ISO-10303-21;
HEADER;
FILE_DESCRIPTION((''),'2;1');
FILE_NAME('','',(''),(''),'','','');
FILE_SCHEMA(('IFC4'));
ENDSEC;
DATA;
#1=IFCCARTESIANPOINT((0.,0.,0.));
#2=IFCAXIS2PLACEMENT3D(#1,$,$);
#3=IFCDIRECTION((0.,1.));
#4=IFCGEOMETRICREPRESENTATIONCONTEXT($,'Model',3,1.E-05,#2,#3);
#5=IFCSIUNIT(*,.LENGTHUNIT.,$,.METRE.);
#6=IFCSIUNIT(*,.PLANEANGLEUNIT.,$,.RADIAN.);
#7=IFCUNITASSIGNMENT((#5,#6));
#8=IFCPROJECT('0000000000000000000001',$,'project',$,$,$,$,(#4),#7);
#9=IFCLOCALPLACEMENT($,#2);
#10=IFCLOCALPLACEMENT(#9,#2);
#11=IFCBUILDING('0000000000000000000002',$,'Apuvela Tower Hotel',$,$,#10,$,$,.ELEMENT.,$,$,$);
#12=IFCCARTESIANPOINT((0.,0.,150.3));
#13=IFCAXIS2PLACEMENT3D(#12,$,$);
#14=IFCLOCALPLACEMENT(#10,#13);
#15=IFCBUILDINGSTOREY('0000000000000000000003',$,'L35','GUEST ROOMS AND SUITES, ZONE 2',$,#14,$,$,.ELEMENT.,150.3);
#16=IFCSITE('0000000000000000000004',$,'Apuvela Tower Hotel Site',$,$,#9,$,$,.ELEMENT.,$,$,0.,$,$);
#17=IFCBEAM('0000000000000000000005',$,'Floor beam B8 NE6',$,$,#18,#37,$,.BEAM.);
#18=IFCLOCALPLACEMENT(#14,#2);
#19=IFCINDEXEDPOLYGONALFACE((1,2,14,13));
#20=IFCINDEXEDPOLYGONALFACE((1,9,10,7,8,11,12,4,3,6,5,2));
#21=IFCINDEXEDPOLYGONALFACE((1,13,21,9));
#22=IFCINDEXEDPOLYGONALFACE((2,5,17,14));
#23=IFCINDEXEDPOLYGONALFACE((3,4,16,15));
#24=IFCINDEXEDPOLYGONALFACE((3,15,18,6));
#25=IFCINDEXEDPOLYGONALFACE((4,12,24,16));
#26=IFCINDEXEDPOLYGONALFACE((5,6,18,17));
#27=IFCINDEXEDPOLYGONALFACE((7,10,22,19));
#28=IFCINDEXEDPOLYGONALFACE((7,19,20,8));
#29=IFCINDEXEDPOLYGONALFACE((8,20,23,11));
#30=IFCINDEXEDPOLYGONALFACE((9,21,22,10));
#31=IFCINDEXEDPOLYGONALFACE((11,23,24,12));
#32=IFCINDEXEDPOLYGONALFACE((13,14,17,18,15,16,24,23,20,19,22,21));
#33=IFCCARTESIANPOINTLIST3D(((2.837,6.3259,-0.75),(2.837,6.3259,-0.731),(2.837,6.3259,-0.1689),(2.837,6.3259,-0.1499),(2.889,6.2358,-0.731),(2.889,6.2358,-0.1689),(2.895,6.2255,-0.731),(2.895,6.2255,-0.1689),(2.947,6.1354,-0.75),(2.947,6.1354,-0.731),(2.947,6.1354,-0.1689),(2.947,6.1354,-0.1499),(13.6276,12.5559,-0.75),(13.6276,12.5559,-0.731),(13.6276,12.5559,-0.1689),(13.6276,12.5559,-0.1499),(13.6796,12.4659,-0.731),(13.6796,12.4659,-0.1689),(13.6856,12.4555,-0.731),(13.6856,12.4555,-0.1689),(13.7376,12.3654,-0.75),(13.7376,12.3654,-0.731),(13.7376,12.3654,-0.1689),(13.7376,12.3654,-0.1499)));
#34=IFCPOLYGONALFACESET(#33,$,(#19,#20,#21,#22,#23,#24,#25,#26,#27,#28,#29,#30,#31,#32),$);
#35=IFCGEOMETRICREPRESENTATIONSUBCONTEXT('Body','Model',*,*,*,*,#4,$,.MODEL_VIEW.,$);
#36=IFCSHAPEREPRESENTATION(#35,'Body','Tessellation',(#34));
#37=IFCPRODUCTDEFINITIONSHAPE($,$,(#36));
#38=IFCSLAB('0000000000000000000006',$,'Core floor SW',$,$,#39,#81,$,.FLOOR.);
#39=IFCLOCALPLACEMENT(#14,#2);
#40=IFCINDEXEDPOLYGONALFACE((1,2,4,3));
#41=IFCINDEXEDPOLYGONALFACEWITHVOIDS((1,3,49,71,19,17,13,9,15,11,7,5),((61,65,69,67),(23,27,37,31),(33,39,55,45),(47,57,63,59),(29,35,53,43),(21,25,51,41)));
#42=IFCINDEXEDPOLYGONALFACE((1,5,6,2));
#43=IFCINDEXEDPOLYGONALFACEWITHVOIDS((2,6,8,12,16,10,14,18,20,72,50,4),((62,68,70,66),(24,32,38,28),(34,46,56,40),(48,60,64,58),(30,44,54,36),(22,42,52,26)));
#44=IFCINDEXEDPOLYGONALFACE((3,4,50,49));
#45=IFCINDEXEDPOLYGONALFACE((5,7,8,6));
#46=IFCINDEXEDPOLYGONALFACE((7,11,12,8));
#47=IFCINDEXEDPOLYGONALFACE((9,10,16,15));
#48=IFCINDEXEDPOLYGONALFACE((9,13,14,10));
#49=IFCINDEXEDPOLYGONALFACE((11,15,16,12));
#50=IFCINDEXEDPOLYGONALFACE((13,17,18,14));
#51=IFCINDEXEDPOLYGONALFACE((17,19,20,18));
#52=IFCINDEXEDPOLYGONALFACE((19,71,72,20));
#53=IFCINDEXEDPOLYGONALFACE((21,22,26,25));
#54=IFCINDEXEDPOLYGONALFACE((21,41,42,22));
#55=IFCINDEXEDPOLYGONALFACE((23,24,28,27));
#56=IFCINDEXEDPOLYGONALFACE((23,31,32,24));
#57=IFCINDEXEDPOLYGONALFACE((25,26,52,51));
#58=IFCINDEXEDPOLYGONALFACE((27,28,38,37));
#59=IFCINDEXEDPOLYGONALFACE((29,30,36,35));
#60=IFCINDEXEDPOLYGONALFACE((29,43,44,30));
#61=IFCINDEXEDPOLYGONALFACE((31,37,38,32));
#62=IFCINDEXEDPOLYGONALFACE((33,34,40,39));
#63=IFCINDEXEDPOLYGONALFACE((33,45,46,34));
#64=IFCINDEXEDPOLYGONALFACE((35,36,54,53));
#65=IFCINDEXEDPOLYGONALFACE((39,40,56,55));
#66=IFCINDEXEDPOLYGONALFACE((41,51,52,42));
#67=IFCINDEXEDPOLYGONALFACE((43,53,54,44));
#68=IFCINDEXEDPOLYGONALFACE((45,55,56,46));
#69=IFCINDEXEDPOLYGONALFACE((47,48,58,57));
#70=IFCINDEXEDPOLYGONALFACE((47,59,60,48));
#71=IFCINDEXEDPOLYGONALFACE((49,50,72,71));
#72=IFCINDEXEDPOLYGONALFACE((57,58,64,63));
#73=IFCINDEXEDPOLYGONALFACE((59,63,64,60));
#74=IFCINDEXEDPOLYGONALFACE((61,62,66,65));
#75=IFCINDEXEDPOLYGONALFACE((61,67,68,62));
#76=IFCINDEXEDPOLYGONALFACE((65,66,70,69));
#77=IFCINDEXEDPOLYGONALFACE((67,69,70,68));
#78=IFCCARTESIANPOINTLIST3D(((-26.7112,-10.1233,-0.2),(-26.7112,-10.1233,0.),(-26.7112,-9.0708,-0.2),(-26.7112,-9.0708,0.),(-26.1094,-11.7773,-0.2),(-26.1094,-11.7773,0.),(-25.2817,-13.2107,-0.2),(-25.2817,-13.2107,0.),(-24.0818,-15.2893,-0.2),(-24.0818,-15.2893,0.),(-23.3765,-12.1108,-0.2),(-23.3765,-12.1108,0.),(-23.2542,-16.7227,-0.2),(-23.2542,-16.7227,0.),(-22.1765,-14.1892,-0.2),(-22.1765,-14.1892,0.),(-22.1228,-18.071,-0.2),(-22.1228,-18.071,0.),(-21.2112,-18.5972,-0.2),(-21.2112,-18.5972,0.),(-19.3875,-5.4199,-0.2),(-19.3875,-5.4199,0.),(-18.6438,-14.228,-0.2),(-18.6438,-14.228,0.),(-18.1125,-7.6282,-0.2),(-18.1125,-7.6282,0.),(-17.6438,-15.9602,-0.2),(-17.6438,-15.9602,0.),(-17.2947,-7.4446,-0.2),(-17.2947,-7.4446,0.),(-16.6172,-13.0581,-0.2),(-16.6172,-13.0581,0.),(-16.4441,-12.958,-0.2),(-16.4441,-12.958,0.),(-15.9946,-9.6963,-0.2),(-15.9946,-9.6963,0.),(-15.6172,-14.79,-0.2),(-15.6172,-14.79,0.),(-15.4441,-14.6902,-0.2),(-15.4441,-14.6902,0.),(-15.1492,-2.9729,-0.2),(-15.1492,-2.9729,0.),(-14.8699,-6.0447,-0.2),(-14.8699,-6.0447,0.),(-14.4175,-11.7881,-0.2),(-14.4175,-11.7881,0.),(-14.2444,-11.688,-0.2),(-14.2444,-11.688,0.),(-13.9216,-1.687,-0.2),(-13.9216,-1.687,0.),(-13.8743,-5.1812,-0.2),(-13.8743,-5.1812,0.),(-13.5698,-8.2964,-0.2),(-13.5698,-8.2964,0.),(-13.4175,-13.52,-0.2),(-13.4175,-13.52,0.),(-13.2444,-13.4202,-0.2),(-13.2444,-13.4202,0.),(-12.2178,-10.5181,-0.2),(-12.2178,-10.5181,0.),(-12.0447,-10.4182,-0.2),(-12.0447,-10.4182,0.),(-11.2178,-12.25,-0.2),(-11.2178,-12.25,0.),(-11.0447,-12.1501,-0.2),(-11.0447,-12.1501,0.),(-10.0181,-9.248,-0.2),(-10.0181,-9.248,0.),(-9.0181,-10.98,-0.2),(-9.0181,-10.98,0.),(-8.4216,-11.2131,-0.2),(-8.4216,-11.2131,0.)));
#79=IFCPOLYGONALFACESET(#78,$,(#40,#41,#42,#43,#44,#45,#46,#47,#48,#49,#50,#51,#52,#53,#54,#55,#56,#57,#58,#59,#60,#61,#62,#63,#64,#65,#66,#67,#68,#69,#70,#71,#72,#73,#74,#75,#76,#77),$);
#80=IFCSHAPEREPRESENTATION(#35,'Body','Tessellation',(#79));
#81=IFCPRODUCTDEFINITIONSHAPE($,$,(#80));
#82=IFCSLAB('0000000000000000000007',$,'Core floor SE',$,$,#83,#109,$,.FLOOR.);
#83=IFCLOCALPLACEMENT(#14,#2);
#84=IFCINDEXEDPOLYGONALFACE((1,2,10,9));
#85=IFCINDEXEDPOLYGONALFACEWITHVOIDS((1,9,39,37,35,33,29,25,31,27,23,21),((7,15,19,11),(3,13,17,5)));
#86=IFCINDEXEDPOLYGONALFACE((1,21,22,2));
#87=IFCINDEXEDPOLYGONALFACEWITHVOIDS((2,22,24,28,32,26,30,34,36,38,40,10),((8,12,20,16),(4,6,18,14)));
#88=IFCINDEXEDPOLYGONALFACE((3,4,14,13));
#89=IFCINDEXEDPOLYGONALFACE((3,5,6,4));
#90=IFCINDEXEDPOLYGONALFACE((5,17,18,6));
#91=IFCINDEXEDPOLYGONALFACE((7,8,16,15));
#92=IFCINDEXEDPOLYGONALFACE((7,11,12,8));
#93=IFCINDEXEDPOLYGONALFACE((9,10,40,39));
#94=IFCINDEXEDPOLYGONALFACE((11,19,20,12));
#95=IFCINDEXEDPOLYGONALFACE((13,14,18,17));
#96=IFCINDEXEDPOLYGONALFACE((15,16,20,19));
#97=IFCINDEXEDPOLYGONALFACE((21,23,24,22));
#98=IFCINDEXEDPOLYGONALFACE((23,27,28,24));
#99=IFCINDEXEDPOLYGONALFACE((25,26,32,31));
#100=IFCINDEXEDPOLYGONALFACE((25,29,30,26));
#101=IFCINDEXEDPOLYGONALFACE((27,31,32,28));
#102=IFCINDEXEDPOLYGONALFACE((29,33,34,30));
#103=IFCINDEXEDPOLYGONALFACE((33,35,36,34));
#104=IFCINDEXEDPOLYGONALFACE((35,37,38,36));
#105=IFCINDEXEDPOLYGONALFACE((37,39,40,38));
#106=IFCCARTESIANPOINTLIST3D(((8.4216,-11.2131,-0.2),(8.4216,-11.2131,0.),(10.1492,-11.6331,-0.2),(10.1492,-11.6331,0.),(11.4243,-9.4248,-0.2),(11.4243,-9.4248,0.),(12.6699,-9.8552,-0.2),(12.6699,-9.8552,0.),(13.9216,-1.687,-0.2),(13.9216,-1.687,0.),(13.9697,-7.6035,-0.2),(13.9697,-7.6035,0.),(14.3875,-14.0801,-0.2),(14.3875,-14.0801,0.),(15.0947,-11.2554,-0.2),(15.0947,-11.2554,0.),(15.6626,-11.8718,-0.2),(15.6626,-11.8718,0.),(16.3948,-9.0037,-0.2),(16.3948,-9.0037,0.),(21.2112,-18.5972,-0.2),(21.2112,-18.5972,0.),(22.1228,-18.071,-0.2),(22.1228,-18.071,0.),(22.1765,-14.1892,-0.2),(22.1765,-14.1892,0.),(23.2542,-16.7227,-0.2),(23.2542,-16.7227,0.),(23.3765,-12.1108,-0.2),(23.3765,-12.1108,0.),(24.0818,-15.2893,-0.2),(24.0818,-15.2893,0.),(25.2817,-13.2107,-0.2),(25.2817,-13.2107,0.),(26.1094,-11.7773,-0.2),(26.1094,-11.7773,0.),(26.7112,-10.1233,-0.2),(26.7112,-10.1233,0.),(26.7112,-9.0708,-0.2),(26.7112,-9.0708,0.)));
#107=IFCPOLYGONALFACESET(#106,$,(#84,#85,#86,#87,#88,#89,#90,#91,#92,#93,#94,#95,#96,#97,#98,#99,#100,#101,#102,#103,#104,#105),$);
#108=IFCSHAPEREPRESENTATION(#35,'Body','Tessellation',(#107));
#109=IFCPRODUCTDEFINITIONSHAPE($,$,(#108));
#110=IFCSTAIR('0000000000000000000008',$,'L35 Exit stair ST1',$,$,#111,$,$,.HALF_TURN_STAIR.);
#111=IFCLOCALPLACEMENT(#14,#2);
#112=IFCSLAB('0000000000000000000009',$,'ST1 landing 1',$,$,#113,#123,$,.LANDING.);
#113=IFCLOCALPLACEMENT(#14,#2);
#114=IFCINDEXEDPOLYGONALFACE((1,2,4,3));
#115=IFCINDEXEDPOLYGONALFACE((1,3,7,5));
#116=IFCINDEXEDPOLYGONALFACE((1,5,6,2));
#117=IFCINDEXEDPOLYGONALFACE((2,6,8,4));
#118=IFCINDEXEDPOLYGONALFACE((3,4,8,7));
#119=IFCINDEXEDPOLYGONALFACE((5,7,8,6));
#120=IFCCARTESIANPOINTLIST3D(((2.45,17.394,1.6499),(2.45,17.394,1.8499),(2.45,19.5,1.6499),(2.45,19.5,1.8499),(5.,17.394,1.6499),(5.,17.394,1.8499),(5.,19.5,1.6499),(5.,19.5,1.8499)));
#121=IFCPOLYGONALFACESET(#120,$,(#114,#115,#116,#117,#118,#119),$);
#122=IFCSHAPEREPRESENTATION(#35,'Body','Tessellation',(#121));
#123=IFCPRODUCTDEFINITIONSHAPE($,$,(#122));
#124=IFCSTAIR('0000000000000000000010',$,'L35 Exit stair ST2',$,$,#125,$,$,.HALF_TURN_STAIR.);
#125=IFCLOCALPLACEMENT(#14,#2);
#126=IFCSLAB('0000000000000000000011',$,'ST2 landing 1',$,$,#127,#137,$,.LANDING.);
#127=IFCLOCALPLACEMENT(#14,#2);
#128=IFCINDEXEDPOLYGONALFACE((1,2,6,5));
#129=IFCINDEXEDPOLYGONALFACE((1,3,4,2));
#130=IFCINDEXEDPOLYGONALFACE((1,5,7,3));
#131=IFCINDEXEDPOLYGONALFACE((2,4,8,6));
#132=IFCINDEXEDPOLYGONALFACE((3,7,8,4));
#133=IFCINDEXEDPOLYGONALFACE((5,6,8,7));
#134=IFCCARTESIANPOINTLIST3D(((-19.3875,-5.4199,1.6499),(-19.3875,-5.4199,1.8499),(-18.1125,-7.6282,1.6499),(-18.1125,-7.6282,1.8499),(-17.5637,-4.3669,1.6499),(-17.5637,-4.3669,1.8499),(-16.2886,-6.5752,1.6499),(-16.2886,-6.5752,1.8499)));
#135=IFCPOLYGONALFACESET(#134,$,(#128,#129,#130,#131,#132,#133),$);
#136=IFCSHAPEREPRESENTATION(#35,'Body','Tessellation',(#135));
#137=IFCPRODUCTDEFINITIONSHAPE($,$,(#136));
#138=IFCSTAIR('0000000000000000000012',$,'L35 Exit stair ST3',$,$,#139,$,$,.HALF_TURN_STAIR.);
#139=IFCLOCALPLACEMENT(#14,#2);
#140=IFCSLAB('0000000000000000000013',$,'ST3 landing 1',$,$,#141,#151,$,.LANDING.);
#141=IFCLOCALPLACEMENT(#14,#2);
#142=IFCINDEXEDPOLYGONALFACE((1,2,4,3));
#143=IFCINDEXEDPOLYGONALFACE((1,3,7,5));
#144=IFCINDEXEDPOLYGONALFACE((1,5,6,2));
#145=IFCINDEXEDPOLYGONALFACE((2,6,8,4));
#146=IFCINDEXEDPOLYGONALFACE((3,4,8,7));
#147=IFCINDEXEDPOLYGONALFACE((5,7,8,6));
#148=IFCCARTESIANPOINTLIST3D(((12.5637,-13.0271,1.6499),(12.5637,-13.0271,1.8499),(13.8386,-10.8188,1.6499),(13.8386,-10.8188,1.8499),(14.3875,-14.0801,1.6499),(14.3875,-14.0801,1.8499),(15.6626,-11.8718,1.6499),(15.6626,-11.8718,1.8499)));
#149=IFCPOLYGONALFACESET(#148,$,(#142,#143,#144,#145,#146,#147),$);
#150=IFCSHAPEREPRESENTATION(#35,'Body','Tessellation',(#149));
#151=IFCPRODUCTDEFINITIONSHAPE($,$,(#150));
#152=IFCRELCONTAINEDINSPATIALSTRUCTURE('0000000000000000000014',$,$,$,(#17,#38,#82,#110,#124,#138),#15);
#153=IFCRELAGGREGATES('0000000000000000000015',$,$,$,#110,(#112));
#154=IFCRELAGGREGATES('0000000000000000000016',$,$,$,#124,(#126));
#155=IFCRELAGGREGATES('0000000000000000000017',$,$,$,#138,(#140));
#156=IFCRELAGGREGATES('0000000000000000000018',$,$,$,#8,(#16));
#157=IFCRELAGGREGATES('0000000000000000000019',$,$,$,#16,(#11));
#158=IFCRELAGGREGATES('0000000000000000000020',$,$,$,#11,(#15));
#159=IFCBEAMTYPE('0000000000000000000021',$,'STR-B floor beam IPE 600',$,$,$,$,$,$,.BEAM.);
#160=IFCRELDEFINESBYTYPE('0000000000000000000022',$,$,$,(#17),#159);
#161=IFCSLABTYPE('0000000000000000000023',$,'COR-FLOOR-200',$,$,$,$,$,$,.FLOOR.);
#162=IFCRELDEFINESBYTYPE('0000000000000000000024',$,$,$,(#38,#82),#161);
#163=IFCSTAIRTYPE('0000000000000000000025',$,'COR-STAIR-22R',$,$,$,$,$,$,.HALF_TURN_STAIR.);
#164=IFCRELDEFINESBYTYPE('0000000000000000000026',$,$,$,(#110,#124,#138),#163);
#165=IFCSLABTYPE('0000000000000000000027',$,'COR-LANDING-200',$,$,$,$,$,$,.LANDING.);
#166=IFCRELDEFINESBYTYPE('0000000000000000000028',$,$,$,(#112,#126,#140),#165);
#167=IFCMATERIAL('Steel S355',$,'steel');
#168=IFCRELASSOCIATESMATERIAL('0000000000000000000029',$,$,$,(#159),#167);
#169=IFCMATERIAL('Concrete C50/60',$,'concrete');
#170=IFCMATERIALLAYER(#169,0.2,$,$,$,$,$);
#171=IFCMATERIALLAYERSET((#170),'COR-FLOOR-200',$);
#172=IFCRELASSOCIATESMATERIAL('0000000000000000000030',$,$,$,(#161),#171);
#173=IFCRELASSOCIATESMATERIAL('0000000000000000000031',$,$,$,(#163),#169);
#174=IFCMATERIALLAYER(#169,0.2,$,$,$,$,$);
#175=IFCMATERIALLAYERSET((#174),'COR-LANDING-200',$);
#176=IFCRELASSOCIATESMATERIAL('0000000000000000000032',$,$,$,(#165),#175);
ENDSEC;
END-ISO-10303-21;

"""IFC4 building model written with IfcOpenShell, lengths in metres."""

from ifc_helpers import new_model, si_unit, direction, frame, origin, origin_2d, place, context, subcontext, project, spatial, polyline, i_section, outline, extrude, material, layer, layer_set, material_profile, profile_set, type_object, element, aggregate, save


model = new_model("IFC4")

# Units and contexts
model_context = context("Model", 3, precision=1e-05, world=origin(), true_north=direction((0.0, 1.0)))
body_context = subcontext(model_context, "Body", "Model", "MODEL_VIEW")
ifc_project = project(units=[si_unit("LENGTHUNIT", "METRE"), si_unit("PLANEANGLEUNIT", "RADIAN")], contexts=[model_context])

# Site, building, storey
site_placement = place(None, origin())
site = spatial("IfcSite", under=ifc_project, at=site_placement, Name="Apuvela Tower Hotel Site", CompositionType="ELEMENT", RefElevation=0.0)
building_placement = place(site_placement, origin())
building = spatial("IfcBuilding", under=site, at=building_placement, Name="Apuvela Tower Hotel", CompositionType="ELEMENT")
storey_placement = place(building_placement, frame((0.0, 0.0, 150.3)))
storey = spatial("IfcBuildingStorey", under=building, at=storey_placement, Name="L35", Description="GUEST ROOMS AND SUITES, ZONE 2", CompositionType="ELEMENT", Elevation=150.3)

# Beam
ifc_material_1 = material(Name="Steel S355", Category="steel")
ifc_material_profile = material_profile(ifc_material_1, i_section(OverallWidth=0.22, OverallDepth=0.6001, WebThickness=0.012, FlangeThickness=0.019, at=origin_2d()), Name="IPE 600")
ifc_profile_set = profile_set([ifc_material_profile], Name="Steel S355")
beam_type = type_object("IfcBeamType", Name="STR-B floor beam IPE 600", PredefinedType="BEAM", material=ifc_profile_set)
beam_placement = place(storey_placement, frame((13.6826, 12.4607, -0.45), z_axis=(-0.866023, -0.500004, 0.0), x_axis=(0.500004, -0.866023, 0.0)))
element("IfcBeam", 1, at=beam_placement, inside=storey, type_object=beam_type, Name="Floor beam B8 NE6", PredefinedType="BEAM", context=body_context, shape_type="SweptSolid", body=[
    extrude(i_section(OverallWidth=0.22, OverallDepth=0.6001, WebThickness=0.012, FlangeThickness=0.019, at=origin_2d()), origin(), (0.0, 0.0, 1.0), 12.46),
])

# Slabs
ifc_material_2 = material(Name="Concrete C50/60", Category="concrete")
ifc_layer_1 = layer(ifc_material_2, 0.2)
ifc_layer_set_1 = layer_set([ifc_layer_1], Name="COR-FLOOR-200")
slab_type_1 = type_object("IfcSlabType", Name="COR-FLOOR-200", PredefinedType="FLOOR", material=ifc_layer_set_1)
slab_1_placement = place(storey_placement, frame((0.0, 0.0, -0.2)))
element("IfcSlab", 2, at=slab_1_placement, inside=storey, type_object=slab_type_1, Name="Core floor SW", PredefinedType="FLOOR", context=body_context, shape_type="SweptSolid", body=[
    extrude(outline(polyline([(-26.7112, -9.0708), (-26.7112, -10.1233), (-26.1094, -11.7773), (-25.2817, -13.2107), (-23.3765, -12.1108), (-22.1765, -14.1892), (-24.0818, -15.2893), (-23.2542, -16.7227), (-22.1228, -18.071), (-21.2112, -18.5972), (-8.4216, -11.2131), (-13.9216, -1.687), (-26.7112, -9.0708)]), holes=[polyline([(-10.0181, -9.248), (-9.0181, -10.98), (-11.0447, -12.1501), (-12.0447, -10.4182), (-10.0181, -9.248)]), polyline([(-14.2444, -11.688), (-12.2178, -10.5181), (-11.2178, -12.25), (-13.2444, -13.4202), (-14.2444, -11.688)]), polyline([(-19.3875, -5.4199), (-15.1492, -2.9729), (-13.8743, -5.1812), (-18.1125, -7.6282), (-19.3875, -5.4199)]), polyline([(-14.8699, -6.0447), (-13.5698, -8.2964), (-15.9946, -9.6963), (-17.2947, -7.4446), (-14.8699, -6.0447)]), polyline([(-16.4441, -12.958), (-14.4175, -11.7881), (-13.4175, -13.52), (-15.4441, -14.6902), (-16.4441, -12.958)]), polyline([(-18.6438, -14.228), (-16.6172, -13.0581), (-15.6172, -14.79), (-17.6438, -15.9602), (-18.6438, -14.228)])]), origin(), (0.0, 0.0, 1.0), 0.2),
])
slab_2_placement = place(storey_placement, frame((0.0, 0.0, -0.2)))
element("IfcSlab", 3, at=slab_2_placement, inside=storey, type_object=slab_type_1, Name="Core floor SE", PredefinedType="FLOOR", context=body_context, shape_type="SweptSolid", body=[
    extrude(outline(polyline([(21.2112, -18.5972), (22.1228, -18.071), (23.2542, -16.7227), (24.0818, -15.2893), (22.1765, -14.1892), (23.3765, -12.1108), (25.2817, -13.2107), (26.1094, -11.7773), (26.7112, -10.1233), (26.7112, -9.0708), (13.9216, -1.687), (8.4216, -11.2131), (21.2112, -18.5972)]), holes=[polyline([(11.4243, -9.4248), (15.6626, -11.8718), (14.3875, -14.0801), (10.1492, -11.6331), (11.4243, -9.4248)]), polyline([(13.9697, -7.6035), (16.3948, -9.0037), (15.0947, -11.2554), (12.6699, -9.8552), (13.9697, -7.6035)])]), origin(), (0.0, 0.0, 1.0), 0.2),
])

# Stairs, slabs
stair_type = type_object("IfcStairType", Name="COR-STAIR-22R", PredefinedType="HALF_TURN_STAIR", material=ifc_material_2)
stair_1_placement = place(storey_placement, origin())
stair_1 = element("IfcStair", 4, at=stair_1_placement, inside=storey, type_object=stair_type, Name="L35 Exit stair ST1", PredefinedType="HALF_TURN_STAIR")
ifc_layer_2 = layer(ifc_material_2, 0.2)
ifc_layer_set_2 = layer_set([ifc_layer_2], Name="COR-LANDING-200")
slab_type_2 = type_object("IfcSlabType", Name="COR-LANDING-200", PredefinedType="LANDING", material=ifc_layer_set_2)
slab_3_placement = place(storey_placement, frame((0.0, 0.0, 1.6499)))
slab_3 = element("IfcSlab", 5, at=slab_3_placement, type_object=slab_type_2, Name="ST1 landing 1", PredefinedType="LANDING", context=body_context, shape_type="SweptSolid", body=[
    extrude(outline(polyline([(5.0, 17.394), (5.0, 19.5), (2.45, 19.5), (2.45, 17.394), (5.0, 17.394)])), origin(), (0.0, 0.0, 1.0), 0.2),
])
aggregate(stair_1, [slab_3])
stair_2_placement = place(storey_placement, origin())
stair_2 = element("IfcStair", 6, at=stair_2_placement, inside=storey, type_object=stair_type, Name="L35 Exit stair ST2", PredefinedType="HALF_TURN_STAIR")
slab_4_placement = place(storey_placement, frame((0.0, 0.0, 1.6499)))
slab_4 = element("IfcSlab", 7, at=slab_4_placement, type_object=slab_type_2, Name="ST2 landing 1", PredefinedType="LANDING", context=body_context, shape_type="SweptSolid", body=[
    extrude(outline(polyline([(-17.5637, -4.3669), (-19.3875, -5.4199), (-18.1125, -7.6282), (-16.2886, -6.5752), (-17.5637, -4.3669)])), origin(), (0.0, 0.0, 1.0), 0.2),
])
aggregate(stair_2, [slab_4])
stair_3_placement = place(storey_placement, origin())
stair_3 = element("IfcStair", 8, at=stair_3_placement, inside=storey, type_object=stair_type, Name="L35 Exit stair ST3", PredefinedType="HALF_TURN_STAIR")
slab_5_placement = place(storey_placement, frame((0.0, 0.0, 1.6499)))
slab_5 = element("IfcSlab", 9, at=slab_5_placement, type_object=slab_type_2, Name="ST3 landing 1", PredefinedType="LANDING", context=body_context, shape_type="SweptSolid", body=[
    extrude(outline(polyline([(12.5637, -13.0271), (14.3875, -14.0801), (15.6626, -11.8718), (13.8386, -10.8188), (12.5637, -13.0271)])), origin(), (0.0, 0.0, 1.0), 0.2),
])
aggregate(stair_3, [slab_5])

save(model, "model.ifc")
